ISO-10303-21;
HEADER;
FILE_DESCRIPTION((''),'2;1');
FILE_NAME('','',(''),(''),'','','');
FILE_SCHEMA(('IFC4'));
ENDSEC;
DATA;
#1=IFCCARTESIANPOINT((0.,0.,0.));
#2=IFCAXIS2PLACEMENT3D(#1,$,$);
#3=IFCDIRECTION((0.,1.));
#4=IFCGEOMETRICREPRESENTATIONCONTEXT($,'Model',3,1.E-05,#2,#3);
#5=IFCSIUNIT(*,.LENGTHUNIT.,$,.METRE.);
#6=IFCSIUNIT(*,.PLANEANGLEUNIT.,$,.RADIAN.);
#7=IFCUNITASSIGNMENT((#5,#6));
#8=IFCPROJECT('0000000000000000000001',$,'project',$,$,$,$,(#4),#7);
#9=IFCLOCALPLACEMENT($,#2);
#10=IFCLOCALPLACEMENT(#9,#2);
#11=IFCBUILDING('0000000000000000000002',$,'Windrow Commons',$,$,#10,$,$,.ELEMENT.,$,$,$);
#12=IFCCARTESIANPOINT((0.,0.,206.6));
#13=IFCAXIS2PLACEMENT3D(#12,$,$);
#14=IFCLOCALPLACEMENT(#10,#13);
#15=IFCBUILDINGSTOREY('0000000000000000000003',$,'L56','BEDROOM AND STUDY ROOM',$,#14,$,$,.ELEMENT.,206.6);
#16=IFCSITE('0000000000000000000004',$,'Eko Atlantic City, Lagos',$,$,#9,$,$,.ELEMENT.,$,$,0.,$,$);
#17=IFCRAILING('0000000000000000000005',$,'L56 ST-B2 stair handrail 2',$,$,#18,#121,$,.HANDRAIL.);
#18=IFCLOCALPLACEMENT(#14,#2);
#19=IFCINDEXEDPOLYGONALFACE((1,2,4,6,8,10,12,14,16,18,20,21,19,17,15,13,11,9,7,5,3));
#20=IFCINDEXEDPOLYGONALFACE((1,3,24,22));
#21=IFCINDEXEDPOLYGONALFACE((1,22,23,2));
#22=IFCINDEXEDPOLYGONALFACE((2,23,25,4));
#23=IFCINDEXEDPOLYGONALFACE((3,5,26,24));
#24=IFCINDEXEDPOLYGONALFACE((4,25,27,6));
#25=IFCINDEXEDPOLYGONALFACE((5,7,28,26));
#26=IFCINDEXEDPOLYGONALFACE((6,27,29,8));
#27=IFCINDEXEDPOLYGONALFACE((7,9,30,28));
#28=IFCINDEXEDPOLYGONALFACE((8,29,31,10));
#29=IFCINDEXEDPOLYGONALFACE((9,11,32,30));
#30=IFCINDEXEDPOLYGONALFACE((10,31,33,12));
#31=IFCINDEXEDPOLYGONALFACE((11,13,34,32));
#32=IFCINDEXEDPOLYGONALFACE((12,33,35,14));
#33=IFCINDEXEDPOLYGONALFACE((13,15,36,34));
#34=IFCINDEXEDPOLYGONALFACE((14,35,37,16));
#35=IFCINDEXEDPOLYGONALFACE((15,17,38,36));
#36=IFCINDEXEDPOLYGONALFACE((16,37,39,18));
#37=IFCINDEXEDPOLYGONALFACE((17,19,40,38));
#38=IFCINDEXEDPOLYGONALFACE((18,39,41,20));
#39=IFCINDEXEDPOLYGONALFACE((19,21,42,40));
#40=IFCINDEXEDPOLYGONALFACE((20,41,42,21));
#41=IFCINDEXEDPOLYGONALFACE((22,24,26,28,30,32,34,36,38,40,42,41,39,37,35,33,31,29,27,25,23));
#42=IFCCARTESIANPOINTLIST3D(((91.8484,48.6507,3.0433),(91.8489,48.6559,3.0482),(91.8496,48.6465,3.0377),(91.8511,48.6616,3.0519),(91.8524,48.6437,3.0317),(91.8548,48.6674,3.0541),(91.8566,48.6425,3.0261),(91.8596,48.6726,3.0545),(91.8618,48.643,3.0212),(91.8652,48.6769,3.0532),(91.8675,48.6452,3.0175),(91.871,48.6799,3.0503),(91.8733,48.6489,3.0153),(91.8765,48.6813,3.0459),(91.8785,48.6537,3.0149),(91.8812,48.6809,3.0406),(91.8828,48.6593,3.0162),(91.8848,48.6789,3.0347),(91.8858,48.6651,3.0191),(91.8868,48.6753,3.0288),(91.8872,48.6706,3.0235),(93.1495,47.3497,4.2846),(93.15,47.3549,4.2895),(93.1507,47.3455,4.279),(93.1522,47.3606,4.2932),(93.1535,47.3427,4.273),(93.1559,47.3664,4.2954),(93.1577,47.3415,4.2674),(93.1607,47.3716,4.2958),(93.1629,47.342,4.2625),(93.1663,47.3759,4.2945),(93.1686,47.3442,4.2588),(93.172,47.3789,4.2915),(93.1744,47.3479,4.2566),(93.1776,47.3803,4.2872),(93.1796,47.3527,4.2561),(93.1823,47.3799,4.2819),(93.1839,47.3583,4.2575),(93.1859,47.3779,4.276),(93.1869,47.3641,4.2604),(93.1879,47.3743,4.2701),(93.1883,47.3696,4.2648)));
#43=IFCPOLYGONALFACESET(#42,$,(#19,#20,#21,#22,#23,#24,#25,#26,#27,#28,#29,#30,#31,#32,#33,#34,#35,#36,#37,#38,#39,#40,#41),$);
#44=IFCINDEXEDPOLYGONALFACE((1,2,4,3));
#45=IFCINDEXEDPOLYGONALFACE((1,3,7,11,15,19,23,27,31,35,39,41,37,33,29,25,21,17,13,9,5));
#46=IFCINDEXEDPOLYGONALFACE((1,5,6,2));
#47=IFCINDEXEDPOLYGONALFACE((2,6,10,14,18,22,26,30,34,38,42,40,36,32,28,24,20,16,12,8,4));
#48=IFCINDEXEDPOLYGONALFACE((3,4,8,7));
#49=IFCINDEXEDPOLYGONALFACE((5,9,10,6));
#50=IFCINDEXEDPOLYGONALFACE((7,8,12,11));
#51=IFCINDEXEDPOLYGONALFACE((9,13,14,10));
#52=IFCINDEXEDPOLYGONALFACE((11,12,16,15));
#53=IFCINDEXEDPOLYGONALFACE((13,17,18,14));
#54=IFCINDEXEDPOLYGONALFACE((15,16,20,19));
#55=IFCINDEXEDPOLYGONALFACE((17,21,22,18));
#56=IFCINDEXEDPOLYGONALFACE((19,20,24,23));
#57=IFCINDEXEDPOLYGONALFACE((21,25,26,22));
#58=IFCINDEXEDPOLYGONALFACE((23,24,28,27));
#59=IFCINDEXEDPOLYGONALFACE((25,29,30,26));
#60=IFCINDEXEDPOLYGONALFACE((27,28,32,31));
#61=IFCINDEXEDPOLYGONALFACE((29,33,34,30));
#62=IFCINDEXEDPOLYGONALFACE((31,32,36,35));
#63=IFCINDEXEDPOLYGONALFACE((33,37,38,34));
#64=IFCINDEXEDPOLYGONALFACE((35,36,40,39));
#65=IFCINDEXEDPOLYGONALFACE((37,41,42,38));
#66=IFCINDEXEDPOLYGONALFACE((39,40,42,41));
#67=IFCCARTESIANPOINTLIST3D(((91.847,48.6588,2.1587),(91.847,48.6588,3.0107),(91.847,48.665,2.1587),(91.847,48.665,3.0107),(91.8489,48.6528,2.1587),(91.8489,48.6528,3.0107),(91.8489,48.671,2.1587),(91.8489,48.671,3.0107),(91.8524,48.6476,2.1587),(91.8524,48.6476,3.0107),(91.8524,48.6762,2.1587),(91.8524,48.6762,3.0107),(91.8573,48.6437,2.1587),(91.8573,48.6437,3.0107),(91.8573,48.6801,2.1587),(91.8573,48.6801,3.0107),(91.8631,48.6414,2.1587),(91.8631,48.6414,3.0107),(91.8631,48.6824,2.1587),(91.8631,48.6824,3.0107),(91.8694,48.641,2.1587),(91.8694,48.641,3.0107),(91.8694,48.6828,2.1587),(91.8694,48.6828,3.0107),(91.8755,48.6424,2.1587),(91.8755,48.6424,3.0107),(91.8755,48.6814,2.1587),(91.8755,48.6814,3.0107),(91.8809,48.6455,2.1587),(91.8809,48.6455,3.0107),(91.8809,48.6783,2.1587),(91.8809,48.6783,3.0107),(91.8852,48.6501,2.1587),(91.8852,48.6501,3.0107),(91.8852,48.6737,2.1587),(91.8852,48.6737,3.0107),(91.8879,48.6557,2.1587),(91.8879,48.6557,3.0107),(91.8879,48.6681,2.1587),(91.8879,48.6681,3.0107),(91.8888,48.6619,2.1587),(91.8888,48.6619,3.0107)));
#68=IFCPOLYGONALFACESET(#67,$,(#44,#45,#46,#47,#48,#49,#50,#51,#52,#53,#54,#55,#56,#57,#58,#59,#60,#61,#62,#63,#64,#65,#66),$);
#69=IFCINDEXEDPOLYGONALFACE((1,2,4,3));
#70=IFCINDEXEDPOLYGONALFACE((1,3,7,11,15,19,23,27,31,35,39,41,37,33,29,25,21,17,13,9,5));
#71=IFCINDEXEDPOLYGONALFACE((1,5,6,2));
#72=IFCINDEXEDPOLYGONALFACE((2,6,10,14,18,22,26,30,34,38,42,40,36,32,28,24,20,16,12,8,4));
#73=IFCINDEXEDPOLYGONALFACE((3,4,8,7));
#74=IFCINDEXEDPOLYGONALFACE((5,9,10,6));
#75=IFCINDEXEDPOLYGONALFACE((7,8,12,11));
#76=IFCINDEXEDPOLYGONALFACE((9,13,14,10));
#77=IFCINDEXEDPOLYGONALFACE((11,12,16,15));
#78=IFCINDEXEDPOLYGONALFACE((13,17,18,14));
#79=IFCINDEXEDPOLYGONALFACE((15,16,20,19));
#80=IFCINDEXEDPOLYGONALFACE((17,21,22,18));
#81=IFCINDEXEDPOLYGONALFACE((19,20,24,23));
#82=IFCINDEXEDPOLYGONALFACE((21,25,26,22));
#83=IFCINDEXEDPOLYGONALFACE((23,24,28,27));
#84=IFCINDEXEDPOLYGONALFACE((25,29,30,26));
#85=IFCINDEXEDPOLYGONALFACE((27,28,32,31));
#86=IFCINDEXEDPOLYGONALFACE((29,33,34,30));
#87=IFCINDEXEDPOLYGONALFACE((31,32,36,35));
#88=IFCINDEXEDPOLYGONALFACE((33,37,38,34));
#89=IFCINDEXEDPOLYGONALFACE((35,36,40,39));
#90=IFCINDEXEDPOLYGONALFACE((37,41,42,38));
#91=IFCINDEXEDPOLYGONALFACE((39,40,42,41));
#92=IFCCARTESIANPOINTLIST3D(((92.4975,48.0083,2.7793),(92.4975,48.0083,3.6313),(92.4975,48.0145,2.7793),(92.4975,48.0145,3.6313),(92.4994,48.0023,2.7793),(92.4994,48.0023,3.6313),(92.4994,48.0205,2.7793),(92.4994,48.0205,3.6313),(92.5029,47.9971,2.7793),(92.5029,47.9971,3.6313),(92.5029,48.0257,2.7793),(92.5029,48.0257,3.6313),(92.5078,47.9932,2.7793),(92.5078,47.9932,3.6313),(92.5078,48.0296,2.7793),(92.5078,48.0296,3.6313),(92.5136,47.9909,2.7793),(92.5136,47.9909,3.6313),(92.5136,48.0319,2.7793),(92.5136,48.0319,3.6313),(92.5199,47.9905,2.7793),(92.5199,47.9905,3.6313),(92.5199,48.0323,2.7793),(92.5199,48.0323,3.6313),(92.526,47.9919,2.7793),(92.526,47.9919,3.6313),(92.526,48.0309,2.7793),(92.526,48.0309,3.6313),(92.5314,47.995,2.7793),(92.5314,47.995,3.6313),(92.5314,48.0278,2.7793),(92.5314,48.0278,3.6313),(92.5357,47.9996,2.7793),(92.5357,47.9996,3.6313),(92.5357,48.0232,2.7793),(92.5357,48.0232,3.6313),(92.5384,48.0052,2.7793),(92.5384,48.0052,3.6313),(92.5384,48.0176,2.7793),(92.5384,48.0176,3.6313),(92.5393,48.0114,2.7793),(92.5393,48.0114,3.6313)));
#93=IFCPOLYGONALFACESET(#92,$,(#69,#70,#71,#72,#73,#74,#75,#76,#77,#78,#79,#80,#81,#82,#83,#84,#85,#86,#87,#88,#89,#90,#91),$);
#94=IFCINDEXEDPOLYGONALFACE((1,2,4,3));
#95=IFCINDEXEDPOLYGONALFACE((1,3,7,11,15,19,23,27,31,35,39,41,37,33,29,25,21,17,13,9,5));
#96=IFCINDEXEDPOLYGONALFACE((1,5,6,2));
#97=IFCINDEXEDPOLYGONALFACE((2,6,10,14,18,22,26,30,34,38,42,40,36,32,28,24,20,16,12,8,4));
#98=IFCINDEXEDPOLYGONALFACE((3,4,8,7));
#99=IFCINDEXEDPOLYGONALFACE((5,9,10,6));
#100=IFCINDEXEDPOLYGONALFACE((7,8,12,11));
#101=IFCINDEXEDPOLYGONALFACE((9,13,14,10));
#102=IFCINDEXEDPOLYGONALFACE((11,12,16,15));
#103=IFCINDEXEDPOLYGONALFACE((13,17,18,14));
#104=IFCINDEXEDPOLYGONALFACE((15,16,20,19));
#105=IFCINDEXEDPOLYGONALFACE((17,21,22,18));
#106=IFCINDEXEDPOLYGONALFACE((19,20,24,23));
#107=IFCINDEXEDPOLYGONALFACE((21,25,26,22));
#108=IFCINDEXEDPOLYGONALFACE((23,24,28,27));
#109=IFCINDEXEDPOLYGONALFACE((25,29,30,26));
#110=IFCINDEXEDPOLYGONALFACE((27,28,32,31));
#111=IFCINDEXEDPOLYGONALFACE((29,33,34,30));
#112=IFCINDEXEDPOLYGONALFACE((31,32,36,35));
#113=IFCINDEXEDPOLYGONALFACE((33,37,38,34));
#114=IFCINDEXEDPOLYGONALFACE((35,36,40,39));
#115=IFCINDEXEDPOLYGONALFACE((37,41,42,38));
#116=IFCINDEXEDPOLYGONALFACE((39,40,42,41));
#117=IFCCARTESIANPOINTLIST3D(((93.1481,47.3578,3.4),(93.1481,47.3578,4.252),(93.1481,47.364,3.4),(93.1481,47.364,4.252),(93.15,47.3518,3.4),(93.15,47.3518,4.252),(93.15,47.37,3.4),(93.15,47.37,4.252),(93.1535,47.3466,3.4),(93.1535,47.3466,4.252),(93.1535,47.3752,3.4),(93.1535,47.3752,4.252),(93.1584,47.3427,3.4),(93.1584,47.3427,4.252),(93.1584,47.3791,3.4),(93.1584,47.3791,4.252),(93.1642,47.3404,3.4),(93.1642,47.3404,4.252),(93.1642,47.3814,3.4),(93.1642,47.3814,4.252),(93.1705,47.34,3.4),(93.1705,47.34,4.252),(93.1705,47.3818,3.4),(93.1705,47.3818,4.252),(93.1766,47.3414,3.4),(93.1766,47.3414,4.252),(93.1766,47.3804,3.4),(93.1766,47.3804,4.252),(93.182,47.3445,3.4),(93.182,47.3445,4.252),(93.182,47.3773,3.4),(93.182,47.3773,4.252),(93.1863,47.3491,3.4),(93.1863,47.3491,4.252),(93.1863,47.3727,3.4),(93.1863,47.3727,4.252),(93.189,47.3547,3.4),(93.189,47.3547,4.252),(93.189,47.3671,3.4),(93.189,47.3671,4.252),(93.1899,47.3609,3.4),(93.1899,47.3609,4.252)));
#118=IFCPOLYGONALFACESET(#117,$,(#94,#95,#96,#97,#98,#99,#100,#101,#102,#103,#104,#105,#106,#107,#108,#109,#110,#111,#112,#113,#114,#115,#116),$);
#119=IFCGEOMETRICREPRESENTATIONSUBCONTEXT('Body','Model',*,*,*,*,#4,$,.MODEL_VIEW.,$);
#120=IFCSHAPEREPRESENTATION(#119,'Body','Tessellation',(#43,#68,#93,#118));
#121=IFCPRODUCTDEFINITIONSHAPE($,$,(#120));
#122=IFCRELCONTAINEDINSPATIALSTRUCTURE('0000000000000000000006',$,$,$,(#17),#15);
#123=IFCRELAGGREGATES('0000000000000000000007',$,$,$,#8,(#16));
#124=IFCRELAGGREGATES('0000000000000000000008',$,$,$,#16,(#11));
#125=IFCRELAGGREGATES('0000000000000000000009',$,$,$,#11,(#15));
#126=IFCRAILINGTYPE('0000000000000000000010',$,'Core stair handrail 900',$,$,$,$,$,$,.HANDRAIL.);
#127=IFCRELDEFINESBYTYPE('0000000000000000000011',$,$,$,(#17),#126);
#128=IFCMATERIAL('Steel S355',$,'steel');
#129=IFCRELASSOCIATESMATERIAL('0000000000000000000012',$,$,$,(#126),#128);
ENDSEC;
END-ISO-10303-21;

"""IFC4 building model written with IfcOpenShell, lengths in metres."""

from ifc_helpers import new_model, si_unit, direction, frame, origin, origin_2d, place, context, subcontext, project, spatial, circle, extrude, material, type_object, element, save


model = new_model("IFC4")

# Units and contexts
model_context = context("Model", 3, precision=1e-05, world=origin(), true_north=direction((0.0, 1.0)))
body_context = subcontext(model_context, "Body", "Model", "MODEL_VIEW")
ifc_project = project(units=[si_unit("LENGTHUNIT", "METRE"), si_unit("PLANEANGLEUNIT", "RADIAN")], contexts=[model_context])

# Site, building, storey
site_placement = place(None, origin())
site = spatial("IfcSite", under=ifc_project, at=site_placement, Name="Eko Atlantic City, Lagos", CompositionType="ELEMENT", RefElevation=0.0)
building_placement = place(site_placement, origin())
building = spatial("IfcBuilding", under=site, at=building_placement, Name="Windrow Commons", CompositionType="ELEMENT")
storey_placement = place(building_placement, frame((0.0, 0.0, 206.6)))
storey = spatial("IfcBuildingStorey", under=building, at=storey_placement, Name="L56", Description="BEDROOM AND STUDY ROOM", CompositionType="ELEMENT", Elevation=206.6)

# Railing
ifc_material_1 = material(Name="Steel S355", Category="steel")
railing_type_1 = type_object("IfcRailingType", Name="Core stair handrail 900", PredefinedType="HANDRAIL", material=ifc_material_1)
railing_1_placement = place(storey_placement, frame((91.8678, 48.6619, 2.1587)))
element("IfcRailing", 1, at=railing_1_placement, inside=storey, type_object=railing_type_1, Name="L56 ST-B2 stair handrail 2", PredefinedType="HANDRAIL", context=body_context, shape_type="SweptSolid", body=[
    extrude(circle(Radius=0.024, at=origin_2d()), frame((0.0, 0.0, 0.876), z_axis=(0.586207, -0.586162, 0.559264), x_axis=(0.70708, 0.707134, 0.0)), (0.0, 0.0, 1.0), 2.2195),
    extrude(circle(Radius=0.021, at=origin_2d()), origin(), (0.0, 0.0, 1.0), 0.852),
    extrude(circle(Radius=0.021, at=origin_2d()), frame((0.6505, -0.6505, 0.6206)), (0.0, 0.0, 1.0), 0.852),
    extrude(circle(Radius=0.021, at=origin_2d()), frame((1.3011, -1.301, 1.2413)), (0.0, 0.0, 1.0), 0.852),
])

save(model, "model.ifc")
